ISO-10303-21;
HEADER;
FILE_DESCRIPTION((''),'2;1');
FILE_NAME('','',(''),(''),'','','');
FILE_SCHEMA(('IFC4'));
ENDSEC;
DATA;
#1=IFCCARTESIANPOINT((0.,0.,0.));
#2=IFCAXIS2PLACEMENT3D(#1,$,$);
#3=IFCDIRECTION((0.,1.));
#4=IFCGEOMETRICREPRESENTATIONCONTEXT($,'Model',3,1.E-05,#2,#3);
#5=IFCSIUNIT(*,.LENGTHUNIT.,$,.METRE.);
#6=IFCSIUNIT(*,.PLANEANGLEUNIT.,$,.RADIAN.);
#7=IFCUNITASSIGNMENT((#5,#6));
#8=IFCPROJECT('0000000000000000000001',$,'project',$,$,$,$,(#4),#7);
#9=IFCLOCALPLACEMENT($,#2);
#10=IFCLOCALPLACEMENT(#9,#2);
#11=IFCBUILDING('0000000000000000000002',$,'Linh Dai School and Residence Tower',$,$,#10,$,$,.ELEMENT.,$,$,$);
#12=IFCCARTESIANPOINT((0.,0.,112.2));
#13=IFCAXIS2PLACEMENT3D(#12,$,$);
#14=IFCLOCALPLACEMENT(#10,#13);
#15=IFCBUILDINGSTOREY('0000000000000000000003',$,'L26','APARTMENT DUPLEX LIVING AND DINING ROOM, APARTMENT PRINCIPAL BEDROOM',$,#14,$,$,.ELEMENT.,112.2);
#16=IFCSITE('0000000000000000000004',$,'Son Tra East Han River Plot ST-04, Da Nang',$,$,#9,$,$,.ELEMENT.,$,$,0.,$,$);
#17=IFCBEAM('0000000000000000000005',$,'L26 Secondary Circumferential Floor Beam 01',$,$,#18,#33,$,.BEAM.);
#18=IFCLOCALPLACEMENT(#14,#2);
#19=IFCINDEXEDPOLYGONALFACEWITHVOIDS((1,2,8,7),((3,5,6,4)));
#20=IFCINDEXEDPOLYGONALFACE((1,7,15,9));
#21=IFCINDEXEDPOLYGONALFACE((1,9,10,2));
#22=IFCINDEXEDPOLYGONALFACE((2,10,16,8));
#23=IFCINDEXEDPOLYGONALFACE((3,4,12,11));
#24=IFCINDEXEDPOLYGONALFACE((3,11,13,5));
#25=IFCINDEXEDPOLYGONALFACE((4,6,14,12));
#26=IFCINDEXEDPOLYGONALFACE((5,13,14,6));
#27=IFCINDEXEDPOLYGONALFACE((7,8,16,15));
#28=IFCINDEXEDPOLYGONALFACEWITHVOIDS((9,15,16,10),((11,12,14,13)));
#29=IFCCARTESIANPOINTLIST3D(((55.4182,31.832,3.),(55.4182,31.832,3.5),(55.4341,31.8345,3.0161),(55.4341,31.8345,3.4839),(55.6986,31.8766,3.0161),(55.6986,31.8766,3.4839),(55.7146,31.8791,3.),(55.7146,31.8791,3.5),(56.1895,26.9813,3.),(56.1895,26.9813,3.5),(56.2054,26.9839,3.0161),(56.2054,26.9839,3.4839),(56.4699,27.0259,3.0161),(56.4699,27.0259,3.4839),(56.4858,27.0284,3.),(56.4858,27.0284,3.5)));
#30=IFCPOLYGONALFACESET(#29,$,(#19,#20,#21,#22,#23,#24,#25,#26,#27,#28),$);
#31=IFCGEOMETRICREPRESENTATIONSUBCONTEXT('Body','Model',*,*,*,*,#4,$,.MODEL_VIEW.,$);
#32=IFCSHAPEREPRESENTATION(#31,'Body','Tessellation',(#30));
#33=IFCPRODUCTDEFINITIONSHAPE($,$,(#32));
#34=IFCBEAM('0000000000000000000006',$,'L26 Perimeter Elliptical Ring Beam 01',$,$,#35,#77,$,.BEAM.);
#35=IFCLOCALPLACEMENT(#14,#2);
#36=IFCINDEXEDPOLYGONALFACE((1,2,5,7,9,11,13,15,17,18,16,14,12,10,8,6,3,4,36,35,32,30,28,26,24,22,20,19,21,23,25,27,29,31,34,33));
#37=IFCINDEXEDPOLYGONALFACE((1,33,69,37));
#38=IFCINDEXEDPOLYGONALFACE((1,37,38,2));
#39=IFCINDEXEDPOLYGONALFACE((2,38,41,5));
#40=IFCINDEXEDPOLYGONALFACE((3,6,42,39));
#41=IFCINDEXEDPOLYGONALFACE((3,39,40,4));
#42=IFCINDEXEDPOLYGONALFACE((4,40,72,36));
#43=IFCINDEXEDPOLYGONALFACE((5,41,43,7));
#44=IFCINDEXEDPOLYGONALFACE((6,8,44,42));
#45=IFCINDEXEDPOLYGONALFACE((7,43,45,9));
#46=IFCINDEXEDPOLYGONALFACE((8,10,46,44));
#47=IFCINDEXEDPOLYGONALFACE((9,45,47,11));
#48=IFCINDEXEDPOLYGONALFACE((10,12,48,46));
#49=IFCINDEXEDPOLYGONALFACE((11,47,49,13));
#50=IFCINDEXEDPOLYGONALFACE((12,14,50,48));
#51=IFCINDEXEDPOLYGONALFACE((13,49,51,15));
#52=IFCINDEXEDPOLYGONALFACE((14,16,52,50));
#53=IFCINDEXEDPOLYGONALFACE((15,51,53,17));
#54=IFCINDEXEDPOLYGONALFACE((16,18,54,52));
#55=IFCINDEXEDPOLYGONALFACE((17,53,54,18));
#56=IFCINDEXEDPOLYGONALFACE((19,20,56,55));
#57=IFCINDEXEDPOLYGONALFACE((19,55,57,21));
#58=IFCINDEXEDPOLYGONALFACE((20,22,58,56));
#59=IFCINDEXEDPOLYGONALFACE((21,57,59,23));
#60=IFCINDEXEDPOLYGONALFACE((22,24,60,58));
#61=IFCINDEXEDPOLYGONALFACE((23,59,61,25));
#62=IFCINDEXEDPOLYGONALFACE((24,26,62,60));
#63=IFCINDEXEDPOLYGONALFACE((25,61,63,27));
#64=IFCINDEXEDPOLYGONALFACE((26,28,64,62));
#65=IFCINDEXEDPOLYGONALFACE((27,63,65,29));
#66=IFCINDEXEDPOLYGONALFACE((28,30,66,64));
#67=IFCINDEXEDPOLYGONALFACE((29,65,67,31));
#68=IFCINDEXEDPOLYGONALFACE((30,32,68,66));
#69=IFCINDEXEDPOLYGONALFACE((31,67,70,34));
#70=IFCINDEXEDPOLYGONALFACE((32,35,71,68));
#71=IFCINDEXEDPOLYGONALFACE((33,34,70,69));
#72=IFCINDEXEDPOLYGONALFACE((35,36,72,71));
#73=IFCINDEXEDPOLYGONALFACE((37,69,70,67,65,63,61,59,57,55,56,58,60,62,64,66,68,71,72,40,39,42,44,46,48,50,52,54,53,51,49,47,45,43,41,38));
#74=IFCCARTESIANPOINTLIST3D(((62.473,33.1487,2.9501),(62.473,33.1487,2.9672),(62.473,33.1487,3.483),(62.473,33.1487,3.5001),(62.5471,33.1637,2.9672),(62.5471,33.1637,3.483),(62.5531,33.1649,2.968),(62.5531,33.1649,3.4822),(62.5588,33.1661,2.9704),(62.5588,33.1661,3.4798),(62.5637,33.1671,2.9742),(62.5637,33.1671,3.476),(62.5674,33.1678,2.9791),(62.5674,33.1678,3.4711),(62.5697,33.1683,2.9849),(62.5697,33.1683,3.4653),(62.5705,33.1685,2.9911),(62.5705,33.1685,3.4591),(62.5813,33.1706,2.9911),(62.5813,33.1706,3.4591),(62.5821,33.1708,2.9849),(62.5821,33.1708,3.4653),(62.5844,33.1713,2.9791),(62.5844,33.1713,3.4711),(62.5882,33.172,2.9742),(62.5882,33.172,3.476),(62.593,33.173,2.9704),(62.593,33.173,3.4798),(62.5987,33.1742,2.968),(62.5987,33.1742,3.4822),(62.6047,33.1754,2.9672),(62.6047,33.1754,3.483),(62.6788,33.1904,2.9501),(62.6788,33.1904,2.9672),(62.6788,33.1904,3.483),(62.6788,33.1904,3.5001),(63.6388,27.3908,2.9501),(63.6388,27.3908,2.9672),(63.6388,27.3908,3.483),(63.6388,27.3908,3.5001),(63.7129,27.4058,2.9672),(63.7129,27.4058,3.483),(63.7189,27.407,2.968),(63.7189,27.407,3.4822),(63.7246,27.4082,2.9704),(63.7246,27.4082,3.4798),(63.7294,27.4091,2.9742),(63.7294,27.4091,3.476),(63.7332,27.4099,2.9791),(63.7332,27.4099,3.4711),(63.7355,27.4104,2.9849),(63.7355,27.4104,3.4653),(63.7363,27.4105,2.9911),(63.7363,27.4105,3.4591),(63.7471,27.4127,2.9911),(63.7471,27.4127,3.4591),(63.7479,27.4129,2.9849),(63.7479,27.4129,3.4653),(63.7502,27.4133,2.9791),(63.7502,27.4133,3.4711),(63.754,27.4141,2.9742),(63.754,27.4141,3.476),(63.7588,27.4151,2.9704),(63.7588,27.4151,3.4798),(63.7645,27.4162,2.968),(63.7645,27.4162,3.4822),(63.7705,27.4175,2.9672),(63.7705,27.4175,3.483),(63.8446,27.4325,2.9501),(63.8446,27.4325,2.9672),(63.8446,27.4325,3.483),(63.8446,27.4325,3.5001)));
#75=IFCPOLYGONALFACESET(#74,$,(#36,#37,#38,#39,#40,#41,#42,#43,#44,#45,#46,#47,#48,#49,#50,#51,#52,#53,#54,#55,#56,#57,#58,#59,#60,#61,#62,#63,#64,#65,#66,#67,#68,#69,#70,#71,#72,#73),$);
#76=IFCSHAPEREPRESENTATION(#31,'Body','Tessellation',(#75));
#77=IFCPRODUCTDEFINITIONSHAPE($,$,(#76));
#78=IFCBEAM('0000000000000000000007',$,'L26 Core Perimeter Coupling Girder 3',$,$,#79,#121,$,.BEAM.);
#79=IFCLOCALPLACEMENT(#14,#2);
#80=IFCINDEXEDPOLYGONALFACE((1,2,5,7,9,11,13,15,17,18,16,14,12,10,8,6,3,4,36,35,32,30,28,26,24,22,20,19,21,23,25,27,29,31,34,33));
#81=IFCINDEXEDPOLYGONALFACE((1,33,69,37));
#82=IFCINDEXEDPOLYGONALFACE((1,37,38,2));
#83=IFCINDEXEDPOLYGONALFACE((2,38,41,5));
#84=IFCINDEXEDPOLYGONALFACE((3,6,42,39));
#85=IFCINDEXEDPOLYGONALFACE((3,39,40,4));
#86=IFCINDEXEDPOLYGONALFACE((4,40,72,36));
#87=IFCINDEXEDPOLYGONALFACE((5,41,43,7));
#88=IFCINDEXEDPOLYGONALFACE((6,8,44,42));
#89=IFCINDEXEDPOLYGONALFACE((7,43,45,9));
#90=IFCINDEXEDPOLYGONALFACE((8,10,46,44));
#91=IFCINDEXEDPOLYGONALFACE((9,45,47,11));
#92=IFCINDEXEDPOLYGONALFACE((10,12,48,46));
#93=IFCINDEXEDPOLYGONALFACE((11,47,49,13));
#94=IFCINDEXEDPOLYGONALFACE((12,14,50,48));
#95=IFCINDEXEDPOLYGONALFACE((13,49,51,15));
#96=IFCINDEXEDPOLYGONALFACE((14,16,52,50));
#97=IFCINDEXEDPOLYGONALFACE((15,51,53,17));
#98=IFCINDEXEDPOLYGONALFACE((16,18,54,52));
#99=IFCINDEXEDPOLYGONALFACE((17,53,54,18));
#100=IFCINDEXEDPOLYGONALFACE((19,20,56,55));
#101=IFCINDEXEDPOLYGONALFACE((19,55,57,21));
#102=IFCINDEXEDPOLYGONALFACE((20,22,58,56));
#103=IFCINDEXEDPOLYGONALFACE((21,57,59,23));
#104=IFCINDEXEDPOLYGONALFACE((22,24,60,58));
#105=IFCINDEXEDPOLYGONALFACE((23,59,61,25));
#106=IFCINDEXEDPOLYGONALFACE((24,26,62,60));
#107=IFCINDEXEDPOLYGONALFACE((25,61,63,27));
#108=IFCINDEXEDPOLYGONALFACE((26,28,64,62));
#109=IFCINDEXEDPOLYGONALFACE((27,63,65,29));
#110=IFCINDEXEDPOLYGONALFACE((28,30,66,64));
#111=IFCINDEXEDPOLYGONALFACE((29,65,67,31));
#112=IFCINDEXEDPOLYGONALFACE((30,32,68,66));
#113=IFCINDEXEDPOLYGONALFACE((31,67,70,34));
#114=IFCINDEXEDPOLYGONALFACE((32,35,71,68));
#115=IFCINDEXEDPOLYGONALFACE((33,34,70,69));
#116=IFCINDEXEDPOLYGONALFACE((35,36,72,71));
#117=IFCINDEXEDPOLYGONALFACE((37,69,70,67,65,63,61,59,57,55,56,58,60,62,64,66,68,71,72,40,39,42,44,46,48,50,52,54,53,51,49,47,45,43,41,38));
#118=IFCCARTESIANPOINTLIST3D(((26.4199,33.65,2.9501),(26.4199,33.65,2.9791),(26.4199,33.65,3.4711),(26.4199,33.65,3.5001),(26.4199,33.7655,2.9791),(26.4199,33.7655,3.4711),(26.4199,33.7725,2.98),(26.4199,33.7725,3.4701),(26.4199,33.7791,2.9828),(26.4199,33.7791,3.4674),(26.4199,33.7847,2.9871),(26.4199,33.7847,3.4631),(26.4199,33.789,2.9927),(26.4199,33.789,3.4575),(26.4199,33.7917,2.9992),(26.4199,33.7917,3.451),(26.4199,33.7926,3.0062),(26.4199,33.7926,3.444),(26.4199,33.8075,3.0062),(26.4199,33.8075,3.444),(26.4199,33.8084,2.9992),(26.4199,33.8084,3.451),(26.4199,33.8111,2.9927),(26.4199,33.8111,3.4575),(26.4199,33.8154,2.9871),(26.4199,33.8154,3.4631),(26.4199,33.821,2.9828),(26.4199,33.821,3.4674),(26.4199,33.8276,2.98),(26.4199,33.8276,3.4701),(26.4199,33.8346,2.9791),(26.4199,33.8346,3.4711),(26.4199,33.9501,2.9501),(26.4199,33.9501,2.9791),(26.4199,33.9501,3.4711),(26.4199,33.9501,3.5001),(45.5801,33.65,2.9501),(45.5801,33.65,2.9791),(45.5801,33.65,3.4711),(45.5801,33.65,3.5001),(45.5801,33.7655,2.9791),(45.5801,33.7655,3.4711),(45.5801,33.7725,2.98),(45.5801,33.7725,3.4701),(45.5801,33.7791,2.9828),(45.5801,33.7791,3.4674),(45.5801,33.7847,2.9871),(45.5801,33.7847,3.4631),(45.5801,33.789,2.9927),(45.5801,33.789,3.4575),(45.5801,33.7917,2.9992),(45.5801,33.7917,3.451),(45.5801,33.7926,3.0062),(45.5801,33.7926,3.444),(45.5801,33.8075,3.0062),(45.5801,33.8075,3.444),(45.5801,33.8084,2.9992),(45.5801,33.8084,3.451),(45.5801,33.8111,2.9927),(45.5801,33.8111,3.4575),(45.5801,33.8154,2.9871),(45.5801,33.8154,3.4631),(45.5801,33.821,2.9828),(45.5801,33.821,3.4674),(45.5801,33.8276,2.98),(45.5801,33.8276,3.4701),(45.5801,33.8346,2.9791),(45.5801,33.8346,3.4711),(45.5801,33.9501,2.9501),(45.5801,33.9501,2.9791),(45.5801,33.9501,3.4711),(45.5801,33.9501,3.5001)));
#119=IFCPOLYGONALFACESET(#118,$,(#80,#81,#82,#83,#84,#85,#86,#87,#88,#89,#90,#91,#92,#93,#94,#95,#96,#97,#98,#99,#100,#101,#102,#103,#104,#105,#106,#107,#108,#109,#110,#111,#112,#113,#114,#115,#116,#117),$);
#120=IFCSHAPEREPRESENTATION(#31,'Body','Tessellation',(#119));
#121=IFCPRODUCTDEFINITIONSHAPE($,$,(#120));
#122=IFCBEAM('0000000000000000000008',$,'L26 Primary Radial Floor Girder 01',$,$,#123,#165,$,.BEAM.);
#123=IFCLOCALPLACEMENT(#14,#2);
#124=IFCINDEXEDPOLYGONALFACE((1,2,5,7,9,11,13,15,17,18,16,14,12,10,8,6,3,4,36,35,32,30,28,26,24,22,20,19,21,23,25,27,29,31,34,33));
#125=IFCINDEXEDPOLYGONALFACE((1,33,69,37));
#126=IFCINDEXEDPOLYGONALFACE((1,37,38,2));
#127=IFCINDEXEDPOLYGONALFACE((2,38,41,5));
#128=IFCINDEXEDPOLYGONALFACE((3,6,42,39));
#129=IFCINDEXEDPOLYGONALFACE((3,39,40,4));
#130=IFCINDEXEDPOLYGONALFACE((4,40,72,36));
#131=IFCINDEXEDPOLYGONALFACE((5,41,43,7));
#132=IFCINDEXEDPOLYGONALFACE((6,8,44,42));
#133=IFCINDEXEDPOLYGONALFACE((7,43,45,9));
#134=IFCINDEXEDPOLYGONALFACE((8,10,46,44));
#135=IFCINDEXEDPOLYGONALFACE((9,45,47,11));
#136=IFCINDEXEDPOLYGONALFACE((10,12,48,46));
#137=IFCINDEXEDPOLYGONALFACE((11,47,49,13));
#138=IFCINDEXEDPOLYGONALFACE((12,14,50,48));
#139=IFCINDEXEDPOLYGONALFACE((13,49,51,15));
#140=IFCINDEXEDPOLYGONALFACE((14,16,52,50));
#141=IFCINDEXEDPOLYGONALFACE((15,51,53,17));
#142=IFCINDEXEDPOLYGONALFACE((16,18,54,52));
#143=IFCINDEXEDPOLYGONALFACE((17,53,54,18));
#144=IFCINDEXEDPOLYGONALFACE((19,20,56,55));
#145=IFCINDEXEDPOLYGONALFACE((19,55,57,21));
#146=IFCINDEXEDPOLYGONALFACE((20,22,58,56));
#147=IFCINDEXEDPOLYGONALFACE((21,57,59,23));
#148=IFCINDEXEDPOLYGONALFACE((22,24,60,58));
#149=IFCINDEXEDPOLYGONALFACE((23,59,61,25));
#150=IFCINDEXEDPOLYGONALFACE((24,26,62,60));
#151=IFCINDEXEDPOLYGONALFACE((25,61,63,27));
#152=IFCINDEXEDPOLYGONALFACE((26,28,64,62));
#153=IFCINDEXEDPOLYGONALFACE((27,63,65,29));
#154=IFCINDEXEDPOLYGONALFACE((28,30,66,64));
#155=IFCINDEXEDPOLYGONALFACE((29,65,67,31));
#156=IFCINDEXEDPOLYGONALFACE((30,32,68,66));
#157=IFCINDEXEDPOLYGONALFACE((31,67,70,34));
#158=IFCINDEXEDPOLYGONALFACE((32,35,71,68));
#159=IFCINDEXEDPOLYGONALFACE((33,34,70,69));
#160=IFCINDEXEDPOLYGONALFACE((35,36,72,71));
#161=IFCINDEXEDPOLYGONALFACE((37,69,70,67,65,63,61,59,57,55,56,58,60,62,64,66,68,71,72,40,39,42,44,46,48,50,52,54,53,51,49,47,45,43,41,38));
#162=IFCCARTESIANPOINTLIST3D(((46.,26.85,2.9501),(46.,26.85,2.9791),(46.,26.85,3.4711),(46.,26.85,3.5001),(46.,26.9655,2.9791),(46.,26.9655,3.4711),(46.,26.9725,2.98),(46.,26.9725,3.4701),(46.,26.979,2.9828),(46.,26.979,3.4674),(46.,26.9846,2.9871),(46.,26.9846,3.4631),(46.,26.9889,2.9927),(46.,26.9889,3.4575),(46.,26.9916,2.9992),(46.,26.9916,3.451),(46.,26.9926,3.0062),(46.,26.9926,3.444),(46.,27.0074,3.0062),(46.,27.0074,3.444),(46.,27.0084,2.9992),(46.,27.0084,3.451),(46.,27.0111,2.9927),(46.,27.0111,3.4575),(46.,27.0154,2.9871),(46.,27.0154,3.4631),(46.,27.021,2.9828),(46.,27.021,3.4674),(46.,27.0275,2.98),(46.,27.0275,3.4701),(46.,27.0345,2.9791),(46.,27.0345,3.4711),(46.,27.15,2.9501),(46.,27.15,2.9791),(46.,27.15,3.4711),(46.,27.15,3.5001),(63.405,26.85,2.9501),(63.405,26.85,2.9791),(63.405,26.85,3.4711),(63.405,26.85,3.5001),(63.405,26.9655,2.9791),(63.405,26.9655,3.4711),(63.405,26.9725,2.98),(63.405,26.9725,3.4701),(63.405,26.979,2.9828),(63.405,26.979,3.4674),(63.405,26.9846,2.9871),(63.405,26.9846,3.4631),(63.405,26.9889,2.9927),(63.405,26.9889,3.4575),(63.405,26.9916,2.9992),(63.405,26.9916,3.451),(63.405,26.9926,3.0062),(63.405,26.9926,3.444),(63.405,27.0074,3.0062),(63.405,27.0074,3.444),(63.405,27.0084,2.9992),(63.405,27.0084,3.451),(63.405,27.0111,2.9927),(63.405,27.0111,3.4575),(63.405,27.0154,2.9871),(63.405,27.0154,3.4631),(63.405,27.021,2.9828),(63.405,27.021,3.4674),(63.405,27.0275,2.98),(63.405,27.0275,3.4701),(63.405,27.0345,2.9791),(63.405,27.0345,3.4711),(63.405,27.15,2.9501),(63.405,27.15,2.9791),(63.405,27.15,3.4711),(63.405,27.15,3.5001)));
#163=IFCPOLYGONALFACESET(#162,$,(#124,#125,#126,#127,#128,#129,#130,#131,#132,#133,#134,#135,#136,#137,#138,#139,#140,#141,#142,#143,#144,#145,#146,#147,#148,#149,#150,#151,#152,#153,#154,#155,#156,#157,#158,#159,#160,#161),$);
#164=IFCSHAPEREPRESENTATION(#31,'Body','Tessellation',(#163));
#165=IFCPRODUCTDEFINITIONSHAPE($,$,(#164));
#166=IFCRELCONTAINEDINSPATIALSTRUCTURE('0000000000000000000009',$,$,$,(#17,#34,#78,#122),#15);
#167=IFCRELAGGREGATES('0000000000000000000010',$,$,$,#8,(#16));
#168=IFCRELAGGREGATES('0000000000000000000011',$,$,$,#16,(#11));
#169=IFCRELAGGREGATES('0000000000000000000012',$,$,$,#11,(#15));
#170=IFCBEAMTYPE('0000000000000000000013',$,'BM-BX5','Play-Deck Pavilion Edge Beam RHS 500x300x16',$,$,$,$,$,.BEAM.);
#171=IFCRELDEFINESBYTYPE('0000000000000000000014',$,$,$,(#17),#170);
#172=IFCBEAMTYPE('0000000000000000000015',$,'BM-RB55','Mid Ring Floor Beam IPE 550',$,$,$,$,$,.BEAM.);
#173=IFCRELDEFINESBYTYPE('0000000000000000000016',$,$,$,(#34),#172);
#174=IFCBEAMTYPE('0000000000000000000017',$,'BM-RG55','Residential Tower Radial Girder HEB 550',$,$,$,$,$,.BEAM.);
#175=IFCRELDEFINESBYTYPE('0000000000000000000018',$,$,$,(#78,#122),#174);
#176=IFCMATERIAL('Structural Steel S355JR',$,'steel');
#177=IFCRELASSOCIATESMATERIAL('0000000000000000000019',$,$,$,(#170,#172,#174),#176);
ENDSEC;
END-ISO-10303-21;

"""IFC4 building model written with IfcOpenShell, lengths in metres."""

from ifc_helpers import new_model, si_unit, direction, frame, origin, origin_2d, place, context, subcontext, project, spatial, hollow_rectangle, i_section, extrude, material, material_profile, profile_set, type_object, element, save


model = new_model("IFC4")

# Units and contexts
model_context = context("Model", 3, precision=1e-05, world=origin(), true_north=direction((0.0, 1.0)))
body_context = subcontext(model_context, "Body", "Model", "MODEL_VIEW")
ifc_project = project(units=[si_unit("LENGTHUNIT", "METRE"), si_unit("PLANEANGLEUNIT", "RADIAN")], contexts=[model_context])

# Site, building, storey
site_placement = place(None, origin())
site = spatial("IfcSite", under=ifc_project, at=site_placement, Name="Son Tra East Han River Plot ST-04, Da Nang", CompositionType="ELEMENT", RefElevation=0.0)
building_placement = place(site_placement, origin())
building = spatial("IfcBuilding", under=site, at=building_placement, Name="Linh Dai School and Residence Tower", CompositionType="ELEMENT")
storey_placement = place(building_placement, frame((0.0, 0.0, 112.2)))
storey = spatial("IfcBuildingStorey", under=building, at=storey_placement, Name="L26", Description="APARTMENT DUPLEX LIVING AND DINING ROOM, APARTMENT PRINCIPAL BEDROOM", CompositionType="ELEMENT", Elevation=112.2)

# Shared definitions
ifc_material_1 = material(Name="Structural Steel S355JR", Category="steel")

# Beams
ifc_material_profile_1 = material_profile(ifc_material_1, hollow_rectangle(XDim=0.3, YDim=0.5, WallThickness=0.0161, at=origin_2d()), Name="RHS 500x300x16")
ifc_profile_set_1 = profile_set([ifc_material_profile_1], Name="Structural Steel S355JR")
beam_type_1 = type_object("IfcBeamType", Name="BM-BX5", Description="Play-Deck Pavilion Edge Beam RHS 500x300x16", PredefinedType="BEAM", material=ifc_profile_set_1)
beam_1_placement = place(storey_placement, frame((56.3376, 27.0049, 3.25), z_axis=(-0.157027, 0.987594, 0.0), x_axis=(-0.987594, -0.157027, 0.0)))
element("IfcBeam", 1, at=beam_1_placement, inside=storey, type_object=beam_type_1, Name="L26 Secondary Circumferential Floor Beam 01", PredefinedType="BEAM", context=body_context, shape_type="SweptSolid", body=[
    extrude(hollow_rectangle(XDim=0.3, YDim=0.5, WallThickness=0.0161, at=origin_2d()), origin(), (0.0, 0.0, 1.0), 4.9116),
])
ifc_material_profile_2 = material_profile(ifc_material_1, i_section(OverallWidth=0.21, OverallDepth=0.55, WebThickness=0.011, FlangeThickness=0.0171, FilletRadius=0.0239, at=origin_2d()), Name="IPE 550")
ifc_profile_set_2 = profile_set([ifc_material_profile_2], Name="Structural Steel S355JR")
beam_type_2 = type_object("IfcBeamType", Name="BM-RB55", Description="Mid Ring Floor Beam IPE 550", PredefinedType="BEAM", material=ifc_profile_set_2)
beam_2_placement = place(storey_placement, frame((63.7417, 27.4116, 3.2251), z_axis=(-0.198441, 0.980113, 0.0), x_axis=(-0.980113, -0.198441, 0.0)))
element("IfcBeam", 2, at=beam_2_placement, inside=storey, type_object=beam_type_2, Name="L26 Perimeter Elliptical Ring Beam 01", PredefinedType="BEAM", context=body_context, shape_type="SweptSolid", body=[
    extrude(i_section(OverallWidth=0.21, OverallDepth=0.55, WebThickness=0.011, FlangeThickness=0.0171, FilletRadius=0.0239, at=origin_2d()), origin(), (0.0, 0.0, 1.0), 5.8748),
])
ifc_material_profile_3 = material_profile(ifc_material_1, i_section(OverallWidth=0.3, OverallDepth=0.55, WebThickness=0.0149, FlangeThickness=0.0291, FilletRadius=0.0271, at=origin_2d()), Name="HEB 550")
ifc_profile_set_3 = profile_set([ifc_material_profile_3], Name="Structural Steel S355JR")
beam_type_3 = type_object("IfcBeamType", Name="BM-RG55", Description="Residential Tower Radial Girder HEB 550", PredefinedType="BEAM", material=ifc_profile_set_3)
beam_3_placement = place(storey_placement, frame((45.5801, 33.8, 3.2251), z_axis=(-1.0, 0.0, 0.0), x_axis=(0.0, -1.0, 0.0)))
element("IfcBeam", 3, at=beam_3_placement, inside=storey, type_object=beam_type_3, Name="L26 Core Perimeter Coupling Girder 3", PredefinedType="BEAM", context=body_context, shape_type="SweptSolid", body=[
    extrude(i_section(OverallWidth=0.3, OverallDepth=0.55, WebThickness=0.0149, FlangeThickness=0.0291, FilletRadius=0.0271, at=origin_2d()), origin(), (0.0, 0.0, 1.0), 19.1602),
])
beam_4_placement = place(storey_placement, frame((46.0, 27.0, 3.2251), z_axis=(1.0, 0.0, 0.0), x_axis=(0.0, 1.0, 0.0)))
element("IfcBeam", 4, at=beam_4_placement, inside=storey, type_object=beam_type_3, Name="L26 Primary Radial Floor Girder 01", PredefinedType="BEAM", context=body_context, shape_type="SweptSolid", body=[
    extrude(i_section(OverallWidth=0.3, OverallDepth=0.55, WebThickness=0.0149, FlangeThickness=0.0291, FilletRadius=0.0271, at=origin_2d()), origin(), (0.0, 0.0, 1.0), 17.405),
])

save(model, "model.ifc")
